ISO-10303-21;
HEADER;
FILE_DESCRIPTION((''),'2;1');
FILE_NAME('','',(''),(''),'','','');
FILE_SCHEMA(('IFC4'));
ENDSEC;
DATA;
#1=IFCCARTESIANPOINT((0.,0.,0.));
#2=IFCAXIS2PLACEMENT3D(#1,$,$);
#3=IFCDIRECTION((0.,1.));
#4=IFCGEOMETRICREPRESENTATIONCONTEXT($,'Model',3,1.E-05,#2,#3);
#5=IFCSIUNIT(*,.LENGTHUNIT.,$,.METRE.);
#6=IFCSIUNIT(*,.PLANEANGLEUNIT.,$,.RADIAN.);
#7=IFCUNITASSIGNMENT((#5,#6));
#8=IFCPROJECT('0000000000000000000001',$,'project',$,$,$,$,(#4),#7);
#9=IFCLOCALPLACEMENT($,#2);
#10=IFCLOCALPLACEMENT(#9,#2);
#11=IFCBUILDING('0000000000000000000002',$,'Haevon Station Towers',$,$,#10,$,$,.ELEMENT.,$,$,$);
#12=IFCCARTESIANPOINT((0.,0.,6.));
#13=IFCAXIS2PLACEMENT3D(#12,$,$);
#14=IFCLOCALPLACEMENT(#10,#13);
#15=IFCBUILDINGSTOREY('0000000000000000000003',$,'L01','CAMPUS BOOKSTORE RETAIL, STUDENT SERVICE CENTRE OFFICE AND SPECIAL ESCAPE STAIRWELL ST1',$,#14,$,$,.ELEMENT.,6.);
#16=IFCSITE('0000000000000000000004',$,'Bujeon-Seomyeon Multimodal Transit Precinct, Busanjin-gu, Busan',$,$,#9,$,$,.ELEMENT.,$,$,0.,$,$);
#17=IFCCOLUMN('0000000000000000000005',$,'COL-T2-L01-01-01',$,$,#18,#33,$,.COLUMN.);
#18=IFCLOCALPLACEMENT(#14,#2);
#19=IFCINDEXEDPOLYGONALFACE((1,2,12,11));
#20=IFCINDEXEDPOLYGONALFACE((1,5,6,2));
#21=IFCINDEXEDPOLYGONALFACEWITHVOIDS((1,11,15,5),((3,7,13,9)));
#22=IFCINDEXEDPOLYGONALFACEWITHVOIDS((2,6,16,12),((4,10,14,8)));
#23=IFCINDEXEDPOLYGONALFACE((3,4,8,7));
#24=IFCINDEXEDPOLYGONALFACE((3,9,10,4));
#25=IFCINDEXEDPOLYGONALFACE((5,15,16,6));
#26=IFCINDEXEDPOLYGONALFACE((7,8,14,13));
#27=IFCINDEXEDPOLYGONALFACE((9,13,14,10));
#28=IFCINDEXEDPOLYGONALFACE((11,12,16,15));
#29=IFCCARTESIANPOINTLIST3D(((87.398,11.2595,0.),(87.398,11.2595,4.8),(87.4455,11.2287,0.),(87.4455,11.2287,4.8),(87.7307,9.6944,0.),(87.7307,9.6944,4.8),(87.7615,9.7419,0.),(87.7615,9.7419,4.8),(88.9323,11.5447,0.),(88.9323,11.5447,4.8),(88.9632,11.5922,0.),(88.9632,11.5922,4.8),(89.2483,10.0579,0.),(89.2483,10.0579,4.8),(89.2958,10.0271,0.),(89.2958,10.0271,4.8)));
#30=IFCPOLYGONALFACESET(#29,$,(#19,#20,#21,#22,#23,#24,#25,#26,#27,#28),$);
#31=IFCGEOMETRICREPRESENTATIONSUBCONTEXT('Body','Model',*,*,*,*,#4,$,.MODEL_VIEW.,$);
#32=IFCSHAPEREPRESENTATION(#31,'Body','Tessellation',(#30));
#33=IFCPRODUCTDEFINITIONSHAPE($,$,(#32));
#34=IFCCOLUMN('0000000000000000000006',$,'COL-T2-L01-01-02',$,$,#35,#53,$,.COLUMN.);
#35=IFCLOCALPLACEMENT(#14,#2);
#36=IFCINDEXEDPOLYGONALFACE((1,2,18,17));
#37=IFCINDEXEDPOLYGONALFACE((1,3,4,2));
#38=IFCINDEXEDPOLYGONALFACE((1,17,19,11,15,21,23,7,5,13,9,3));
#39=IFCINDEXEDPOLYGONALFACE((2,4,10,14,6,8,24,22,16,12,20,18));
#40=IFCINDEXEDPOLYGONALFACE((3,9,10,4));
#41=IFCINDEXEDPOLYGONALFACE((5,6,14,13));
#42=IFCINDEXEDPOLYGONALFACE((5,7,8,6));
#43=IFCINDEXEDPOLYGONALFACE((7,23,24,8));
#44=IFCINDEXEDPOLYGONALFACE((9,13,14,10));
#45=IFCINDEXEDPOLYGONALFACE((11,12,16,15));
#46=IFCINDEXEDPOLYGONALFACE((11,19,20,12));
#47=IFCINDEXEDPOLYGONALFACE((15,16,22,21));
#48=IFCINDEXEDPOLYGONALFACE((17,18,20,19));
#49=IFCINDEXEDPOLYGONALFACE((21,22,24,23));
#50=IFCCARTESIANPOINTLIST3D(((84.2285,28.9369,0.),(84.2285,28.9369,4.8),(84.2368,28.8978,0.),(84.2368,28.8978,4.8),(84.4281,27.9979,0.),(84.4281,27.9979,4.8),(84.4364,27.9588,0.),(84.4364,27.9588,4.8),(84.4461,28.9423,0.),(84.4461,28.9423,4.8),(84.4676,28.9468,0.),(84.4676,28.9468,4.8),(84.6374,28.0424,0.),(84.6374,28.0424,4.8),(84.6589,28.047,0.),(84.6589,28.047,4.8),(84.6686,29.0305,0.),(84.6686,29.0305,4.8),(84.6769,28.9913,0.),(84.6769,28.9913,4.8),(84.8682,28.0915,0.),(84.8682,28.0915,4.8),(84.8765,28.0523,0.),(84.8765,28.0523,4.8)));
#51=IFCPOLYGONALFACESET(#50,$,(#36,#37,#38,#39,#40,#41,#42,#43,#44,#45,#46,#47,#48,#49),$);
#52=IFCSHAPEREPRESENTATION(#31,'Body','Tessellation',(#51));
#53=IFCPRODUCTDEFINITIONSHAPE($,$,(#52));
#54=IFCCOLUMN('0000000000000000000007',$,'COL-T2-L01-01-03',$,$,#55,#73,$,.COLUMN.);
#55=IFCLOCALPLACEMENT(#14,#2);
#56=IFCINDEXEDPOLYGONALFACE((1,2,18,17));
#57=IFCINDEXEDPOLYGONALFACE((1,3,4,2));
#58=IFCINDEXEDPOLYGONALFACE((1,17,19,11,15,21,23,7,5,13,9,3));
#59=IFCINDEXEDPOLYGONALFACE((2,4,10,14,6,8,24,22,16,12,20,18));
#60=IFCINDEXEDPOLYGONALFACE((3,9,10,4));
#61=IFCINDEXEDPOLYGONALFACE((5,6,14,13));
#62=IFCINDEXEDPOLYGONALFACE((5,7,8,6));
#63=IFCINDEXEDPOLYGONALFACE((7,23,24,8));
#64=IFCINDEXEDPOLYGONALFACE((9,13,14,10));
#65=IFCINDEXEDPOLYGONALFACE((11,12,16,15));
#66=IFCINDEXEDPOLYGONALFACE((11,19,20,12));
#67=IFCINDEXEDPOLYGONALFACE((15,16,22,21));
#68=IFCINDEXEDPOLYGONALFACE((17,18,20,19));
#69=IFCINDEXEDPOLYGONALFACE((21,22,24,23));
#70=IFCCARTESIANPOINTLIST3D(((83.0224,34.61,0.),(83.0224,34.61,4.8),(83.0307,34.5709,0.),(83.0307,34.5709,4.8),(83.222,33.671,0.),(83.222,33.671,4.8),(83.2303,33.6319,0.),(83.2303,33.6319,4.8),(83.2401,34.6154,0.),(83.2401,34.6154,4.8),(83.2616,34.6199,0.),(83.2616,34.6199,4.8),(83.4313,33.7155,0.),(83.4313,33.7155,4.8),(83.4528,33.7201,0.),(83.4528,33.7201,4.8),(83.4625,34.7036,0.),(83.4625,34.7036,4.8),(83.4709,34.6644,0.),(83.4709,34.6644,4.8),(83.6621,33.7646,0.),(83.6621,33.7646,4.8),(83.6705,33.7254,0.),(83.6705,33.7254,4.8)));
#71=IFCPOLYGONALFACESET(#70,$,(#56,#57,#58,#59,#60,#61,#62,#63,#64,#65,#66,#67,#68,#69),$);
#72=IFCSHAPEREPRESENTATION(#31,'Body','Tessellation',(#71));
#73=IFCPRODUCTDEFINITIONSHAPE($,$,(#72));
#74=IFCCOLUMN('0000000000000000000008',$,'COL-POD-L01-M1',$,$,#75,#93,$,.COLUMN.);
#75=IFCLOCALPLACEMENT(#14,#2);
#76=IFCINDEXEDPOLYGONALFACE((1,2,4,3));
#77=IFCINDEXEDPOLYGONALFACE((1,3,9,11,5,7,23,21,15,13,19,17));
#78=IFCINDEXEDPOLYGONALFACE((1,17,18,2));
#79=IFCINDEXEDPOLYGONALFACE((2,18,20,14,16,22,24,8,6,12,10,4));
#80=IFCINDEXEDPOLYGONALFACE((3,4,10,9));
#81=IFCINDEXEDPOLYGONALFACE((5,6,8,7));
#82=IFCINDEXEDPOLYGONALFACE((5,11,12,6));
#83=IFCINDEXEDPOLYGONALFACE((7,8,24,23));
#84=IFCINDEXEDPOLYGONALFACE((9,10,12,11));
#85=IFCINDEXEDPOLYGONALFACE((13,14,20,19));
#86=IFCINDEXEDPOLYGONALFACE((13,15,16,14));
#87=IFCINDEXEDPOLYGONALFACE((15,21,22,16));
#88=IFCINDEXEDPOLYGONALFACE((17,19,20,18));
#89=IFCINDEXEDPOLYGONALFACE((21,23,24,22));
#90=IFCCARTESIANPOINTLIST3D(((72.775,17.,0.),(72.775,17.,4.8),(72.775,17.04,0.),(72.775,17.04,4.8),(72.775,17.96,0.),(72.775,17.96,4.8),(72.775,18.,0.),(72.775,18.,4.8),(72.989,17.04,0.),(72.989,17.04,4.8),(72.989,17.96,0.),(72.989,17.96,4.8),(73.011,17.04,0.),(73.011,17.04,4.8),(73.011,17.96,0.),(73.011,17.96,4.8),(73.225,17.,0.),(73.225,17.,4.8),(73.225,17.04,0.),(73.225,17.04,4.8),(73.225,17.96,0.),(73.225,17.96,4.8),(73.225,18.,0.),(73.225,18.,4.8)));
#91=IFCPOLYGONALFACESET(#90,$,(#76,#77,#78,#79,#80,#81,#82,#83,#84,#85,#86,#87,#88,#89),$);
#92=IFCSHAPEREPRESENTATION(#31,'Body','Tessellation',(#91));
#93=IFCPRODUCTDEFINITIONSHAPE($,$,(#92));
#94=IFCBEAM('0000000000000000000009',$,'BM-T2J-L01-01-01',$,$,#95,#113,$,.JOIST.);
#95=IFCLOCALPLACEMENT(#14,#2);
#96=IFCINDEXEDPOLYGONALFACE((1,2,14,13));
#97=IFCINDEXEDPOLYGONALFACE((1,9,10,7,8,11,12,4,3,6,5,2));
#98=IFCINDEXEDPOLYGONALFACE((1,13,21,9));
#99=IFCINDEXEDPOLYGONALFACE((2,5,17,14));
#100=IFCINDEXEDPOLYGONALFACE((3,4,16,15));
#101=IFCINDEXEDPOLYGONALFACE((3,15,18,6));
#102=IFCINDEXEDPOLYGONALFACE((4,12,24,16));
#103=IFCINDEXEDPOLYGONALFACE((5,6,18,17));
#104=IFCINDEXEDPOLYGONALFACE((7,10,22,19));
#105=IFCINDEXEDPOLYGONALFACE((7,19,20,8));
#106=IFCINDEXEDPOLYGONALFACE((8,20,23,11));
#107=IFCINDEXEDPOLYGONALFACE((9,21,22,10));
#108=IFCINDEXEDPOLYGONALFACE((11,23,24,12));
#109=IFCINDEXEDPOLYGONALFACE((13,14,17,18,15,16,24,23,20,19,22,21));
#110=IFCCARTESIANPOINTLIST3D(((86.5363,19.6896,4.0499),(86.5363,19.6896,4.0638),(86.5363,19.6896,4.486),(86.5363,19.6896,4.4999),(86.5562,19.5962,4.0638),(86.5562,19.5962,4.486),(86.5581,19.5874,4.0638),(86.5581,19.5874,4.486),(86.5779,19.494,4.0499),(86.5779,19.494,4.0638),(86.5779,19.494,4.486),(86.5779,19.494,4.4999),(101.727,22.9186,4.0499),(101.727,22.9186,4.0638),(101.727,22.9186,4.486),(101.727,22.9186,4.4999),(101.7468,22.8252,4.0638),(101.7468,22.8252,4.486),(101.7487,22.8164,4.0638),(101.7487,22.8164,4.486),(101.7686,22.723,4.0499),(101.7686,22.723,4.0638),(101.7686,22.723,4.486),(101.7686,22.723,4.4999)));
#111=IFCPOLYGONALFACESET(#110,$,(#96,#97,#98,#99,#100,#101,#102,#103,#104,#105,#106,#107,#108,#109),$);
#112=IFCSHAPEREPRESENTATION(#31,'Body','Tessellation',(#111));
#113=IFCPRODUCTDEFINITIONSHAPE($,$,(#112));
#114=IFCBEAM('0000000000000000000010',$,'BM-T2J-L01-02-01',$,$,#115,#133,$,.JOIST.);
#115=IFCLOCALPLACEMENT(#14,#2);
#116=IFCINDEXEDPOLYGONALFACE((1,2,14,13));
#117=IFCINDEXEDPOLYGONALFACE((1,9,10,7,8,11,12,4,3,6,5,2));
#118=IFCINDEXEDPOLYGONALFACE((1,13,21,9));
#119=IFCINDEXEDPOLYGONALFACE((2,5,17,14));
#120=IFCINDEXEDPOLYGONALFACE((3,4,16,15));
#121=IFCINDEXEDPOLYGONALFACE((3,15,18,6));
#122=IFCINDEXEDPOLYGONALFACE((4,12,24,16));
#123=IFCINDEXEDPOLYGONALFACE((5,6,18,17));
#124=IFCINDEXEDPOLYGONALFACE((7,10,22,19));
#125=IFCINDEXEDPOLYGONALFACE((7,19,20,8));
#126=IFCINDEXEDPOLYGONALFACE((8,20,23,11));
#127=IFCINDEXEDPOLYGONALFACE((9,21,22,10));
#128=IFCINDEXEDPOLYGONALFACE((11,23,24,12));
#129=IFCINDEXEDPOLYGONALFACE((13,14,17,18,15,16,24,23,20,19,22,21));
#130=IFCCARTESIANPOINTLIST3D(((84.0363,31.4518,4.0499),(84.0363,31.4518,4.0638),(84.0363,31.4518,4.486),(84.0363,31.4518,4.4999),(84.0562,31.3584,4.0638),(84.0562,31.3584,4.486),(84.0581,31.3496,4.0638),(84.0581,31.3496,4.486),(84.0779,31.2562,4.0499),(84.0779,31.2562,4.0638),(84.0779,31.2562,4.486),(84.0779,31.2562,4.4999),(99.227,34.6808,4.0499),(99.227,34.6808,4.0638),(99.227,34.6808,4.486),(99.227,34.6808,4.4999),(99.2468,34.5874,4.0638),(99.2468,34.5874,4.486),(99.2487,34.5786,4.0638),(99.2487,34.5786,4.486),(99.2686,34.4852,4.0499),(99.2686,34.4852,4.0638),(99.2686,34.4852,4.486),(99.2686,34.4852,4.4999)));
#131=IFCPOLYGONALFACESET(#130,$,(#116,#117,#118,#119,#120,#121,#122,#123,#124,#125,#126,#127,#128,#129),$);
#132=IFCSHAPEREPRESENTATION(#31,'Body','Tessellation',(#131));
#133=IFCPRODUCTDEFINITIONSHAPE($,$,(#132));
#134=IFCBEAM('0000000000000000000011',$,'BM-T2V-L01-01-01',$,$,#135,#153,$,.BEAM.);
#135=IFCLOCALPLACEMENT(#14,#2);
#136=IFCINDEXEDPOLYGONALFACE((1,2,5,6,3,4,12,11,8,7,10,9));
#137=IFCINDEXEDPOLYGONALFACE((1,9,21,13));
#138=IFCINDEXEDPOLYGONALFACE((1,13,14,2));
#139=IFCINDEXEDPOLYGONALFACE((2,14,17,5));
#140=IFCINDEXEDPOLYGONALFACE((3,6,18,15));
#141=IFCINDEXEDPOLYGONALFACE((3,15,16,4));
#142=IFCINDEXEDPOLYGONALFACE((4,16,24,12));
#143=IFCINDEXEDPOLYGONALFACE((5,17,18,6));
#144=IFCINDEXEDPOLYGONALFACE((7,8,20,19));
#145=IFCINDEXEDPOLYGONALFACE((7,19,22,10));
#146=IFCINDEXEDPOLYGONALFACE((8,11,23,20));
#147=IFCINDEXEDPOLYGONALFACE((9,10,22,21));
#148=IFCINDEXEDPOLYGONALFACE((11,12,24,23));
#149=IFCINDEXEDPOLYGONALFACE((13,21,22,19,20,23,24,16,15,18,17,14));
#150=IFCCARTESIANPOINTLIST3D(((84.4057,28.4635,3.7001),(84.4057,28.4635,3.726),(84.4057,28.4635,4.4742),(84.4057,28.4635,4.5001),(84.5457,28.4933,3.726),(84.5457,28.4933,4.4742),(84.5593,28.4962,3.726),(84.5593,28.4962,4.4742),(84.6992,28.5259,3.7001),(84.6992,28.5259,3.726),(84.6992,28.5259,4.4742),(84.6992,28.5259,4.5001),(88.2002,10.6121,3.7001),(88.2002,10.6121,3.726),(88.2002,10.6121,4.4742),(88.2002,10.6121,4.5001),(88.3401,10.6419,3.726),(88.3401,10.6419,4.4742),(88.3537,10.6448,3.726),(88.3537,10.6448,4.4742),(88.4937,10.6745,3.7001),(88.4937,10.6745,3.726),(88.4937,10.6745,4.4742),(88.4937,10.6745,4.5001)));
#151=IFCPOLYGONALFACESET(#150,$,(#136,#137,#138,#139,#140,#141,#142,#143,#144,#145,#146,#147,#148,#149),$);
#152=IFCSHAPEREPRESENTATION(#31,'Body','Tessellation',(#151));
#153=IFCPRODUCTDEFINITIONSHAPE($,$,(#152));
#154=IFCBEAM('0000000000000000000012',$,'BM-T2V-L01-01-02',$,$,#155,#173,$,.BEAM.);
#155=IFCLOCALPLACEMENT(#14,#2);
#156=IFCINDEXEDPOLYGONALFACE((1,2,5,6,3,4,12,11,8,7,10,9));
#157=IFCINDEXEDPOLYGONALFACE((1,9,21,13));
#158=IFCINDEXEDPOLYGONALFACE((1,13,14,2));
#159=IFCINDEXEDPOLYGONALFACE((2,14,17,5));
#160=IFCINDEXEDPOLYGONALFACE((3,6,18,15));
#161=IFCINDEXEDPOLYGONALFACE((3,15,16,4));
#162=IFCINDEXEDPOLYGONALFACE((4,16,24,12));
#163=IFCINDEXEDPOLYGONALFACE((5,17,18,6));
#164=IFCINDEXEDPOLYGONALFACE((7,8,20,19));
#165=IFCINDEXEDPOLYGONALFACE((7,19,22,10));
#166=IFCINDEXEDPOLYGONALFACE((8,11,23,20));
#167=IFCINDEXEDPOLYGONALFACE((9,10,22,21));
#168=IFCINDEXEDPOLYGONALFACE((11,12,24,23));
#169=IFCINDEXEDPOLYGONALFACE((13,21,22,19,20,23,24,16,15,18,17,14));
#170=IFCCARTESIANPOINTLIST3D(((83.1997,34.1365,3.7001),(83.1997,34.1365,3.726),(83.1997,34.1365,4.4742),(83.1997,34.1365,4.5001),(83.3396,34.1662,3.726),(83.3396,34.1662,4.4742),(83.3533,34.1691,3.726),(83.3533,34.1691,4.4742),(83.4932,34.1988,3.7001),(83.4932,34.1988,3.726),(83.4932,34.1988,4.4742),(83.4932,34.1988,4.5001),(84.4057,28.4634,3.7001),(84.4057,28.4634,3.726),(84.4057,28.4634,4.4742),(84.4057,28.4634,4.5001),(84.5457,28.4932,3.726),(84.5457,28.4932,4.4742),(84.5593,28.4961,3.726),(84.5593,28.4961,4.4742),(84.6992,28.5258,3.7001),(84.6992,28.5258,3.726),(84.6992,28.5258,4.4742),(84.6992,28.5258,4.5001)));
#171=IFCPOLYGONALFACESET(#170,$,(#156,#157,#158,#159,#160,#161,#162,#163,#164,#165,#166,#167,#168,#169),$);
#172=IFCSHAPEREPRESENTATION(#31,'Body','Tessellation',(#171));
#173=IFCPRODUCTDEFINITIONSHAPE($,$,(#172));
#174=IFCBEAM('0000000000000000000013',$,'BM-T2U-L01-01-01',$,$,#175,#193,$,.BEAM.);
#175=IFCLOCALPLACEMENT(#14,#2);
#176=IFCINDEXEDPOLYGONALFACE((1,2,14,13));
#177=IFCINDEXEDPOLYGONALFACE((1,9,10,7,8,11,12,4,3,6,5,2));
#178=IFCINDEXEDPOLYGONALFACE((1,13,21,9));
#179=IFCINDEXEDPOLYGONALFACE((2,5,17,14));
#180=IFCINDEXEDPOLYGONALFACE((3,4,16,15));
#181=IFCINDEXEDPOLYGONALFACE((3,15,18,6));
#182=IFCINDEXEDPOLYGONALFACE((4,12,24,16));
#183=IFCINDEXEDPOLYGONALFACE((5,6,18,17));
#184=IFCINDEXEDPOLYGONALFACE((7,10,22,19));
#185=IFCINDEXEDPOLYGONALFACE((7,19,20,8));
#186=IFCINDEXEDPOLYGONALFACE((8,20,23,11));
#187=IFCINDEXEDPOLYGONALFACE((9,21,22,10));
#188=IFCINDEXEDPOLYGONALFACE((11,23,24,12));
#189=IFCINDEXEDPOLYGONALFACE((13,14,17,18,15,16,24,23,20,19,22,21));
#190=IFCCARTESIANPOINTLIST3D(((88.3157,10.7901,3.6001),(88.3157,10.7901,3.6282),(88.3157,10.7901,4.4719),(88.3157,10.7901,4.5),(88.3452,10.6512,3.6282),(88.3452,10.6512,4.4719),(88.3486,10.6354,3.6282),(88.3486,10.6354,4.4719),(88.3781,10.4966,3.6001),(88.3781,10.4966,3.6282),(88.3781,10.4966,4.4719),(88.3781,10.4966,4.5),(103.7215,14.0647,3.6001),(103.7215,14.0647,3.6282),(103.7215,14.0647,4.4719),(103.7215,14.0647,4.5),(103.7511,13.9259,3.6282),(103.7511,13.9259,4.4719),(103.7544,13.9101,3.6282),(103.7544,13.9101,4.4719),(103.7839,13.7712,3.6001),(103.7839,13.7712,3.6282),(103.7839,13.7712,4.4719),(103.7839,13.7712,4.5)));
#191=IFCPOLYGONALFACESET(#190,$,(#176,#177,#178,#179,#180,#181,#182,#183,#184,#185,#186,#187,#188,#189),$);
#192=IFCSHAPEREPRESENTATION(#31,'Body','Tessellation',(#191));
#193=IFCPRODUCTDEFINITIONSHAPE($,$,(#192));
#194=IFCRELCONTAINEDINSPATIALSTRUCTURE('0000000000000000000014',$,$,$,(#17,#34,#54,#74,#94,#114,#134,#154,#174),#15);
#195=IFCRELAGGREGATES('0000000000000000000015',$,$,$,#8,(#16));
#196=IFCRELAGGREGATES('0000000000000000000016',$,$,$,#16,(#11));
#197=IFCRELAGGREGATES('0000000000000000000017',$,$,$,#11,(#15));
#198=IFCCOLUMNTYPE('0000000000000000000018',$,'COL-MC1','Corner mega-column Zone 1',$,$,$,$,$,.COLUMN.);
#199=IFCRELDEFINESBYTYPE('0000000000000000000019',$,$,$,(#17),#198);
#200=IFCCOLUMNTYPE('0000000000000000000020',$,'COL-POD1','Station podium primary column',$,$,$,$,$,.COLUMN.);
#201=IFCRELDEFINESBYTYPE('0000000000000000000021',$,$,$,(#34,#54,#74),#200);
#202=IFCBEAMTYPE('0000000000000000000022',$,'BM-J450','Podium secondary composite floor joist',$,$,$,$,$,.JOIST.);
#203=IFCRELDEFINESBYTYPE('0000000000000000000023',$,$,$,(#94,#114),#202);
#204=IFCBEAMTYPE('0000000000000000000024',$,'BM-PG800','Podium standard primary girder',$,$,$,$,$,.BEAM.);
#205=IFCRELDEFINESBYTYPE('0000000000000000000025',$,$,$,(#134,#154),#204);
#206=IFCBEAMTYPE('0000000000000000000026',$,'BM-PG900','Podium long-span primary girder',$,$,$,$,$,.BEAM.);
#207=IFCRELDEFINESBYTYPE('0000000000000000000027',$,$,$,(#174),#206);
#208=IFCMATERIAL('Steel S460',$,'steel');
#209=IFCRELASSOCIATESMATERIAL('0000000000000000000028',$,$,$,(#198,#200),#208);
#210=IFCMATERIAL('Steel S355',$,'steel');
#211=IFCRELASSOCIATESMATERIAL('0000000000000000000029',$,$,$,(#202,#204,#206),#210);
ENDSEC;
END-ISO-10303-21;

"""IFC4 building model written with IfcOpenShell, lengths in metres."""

from ifc_helpers import new_model, si_unit, direction, frame, origin, origin_2d, place, context, subcontext, project, spatial, hollow_rectangle, i_section, extrude, material, material_profile, profile_set, type_object, element, save


model = new_model("IFC4")

# Units and contexts
model_context = context("Model", 3, precision=1e-05, world=origin(), true_north=direction((0.0, 1.0)))
body_context = subcontext(model_context, "Body", "Model", "MODEL_VIEW")
ifc_project = project(units=[si_unit("LENGTHUNIT", "METRE"), si_unit("PLANEANGLEUNIT", "RADIAN")], contexts=[model_context])

# Site, building, storey
site_placement = place(None, origin())
site = spatial("IfcSite", under=ifc_project, at=site_placement, Name="Bujeon-Seomyeon Multimodal Transit Precinct, Busanjin-gu, Busan", CompositionType="ELEMENT", RefElevation=0.0)
building_placement = place(site_placement, origin())
building = spatial("IfcBuilding", under=site, at=building_placement, Name="Haevon Station Towers", CompositionType="ELEMENT")
storey_placement = place(building_placement, frame((0.0, 0.0, 6.0)))
storey = spatial("IfcBuildingStorey", under=building, at=storey_placement, Name="L01", Description="CAMPUS BOOKSTORE RETAIL, STUDENT SERVICE CENTRE OFFICE AND SPECIAL ESCAPE STAIRWELL ST1", CompositionType="ELEMENT", Elevation=6.0)

# Columns
ifc_material_1 = material(Name="Steel S460", Category="steel")
ifc_material_profile_1 = material_profile(ifc_material_1, hollow_rectangle(XDim=1.6001, YDim=1.6001, WallThickness=0.04, at=origin_2d()), Name="BOX-1600x1600x40")
ifc_profile_set_1 = profile_set([ifc_material_profile_1], Name="Steel S460")
column_type_1 = type_object("IfcColumnType", Name="COL-MC1", Description="Corner mega-column Zone 1", PredefinedType="COLUMN", material=ifc_profile_set_1)
column_placement = place(storey_placement, frame((88.3469, 10.6433, 0.0), z_axis=(0.0, 0.0, 1.0), x_axis=(0.978148, 0.207912, 0.0)))
element("IfcColumn", 1, at=column_placement, inside=storey, type_object=column_type_1, Name="COL-T2-L01-01-01", PredefinedType="COLUMN", context=body_context, shape_type="SweptSolid", body=[
    extrude(hollow_rectangle(XDim=1.6001, YDim=1.6001, WallThickness=0.04, at=origin_2d()), origin(), (0.0, 0.0, 1.0), 4.8),
])
ifc_material_profile_2 = material_profile(ifc_material_1, i_section(OverallWidth=0.45, OverallDepth=1.0, WebThickness=0.022, FlangeThickness=0.04, at=origin_2d()), Name="H-1000x450x22x40")
ifc_profile_set_2 = profile_set([ifc_material_profile_2], Name="Steel S460")
column_type_2 = type_object("IfcColumnType", Name="COL-POD1", Description="Station podium primary column", PredefinedType="COLUMN", material=ifc_profile_set_2)
for number, where, z_axis, x_axis, name in (
    (2, (84.5525, 28.4946, 0.0), (0.0, 0.0, 1.0), (0.978148, 0.207912, 0.0), "COL-T2-L01-01-02"),
    (3, (83.3464, 34.1677, 0.0), (0.0, 0.0, 1.0), (0.978148, 0.207912, 0.0), "COL-T2-L01-01-03"),
    (4, (73.0, 17.5, 0.0), (0.0, 0.0, 1.0), (1.0, 0.0, 0.0), "COL-POD-L01-M1"),
):
    element("IfcColumn", number, at=place(storey_placement, frame(where, z_axis=z_axis, x_axis=x_axis)), inside=storey, type_object=column_type_2, Name=name, PredefinedType="COLUMN", context=body_context, shape_type="SweptSolid", body=[
        extrude(i_section(OverallWidth=0.45, OverallDepth=1.0, WebThickness=0.022, FlangeThickness=0.04, at=origin_2d()), origin(), (0.0, 0.0, 1.0), 4.8),
    ])

# Beams
ifc_material_2 = material(Name="Steel S355", Category="steel")
ifc_material_profile_3 = material_profile(ifc_material_2, i_section(OverallWidth=0.2, OverallDepth=0.45, WebThickness=0.009, FlangeThickness=0.0139, at=origin_2d()), Name="H-450x200x9x14")
ifc_profile_set_3 = profile_set([ifc_material_profile_3], Name="Steel S355")
beam_type_1 = type_object("IfcBeamType", Name="BM-J450", Description="Podium secondary composite floor joist", PredefinedType="JOIST", material=ifc_profile_set_3)
for number, where, z_axis, x_axis, name in (
    (5, (86.5571, 19.5918, 4.2749), (0.978146, 0.207919, 0.0), (-0.207919, 0.978146, 0.0), "BM-T2J-L01-01-01"),
    (6, (84.0571, 31.354, 4.2749), (0.978146, 0.207919, 0.0), (-0.207919, 0.978146, 0.0), "BM-T2J-L01-02-01"),
):
    element("IfcBeam", number, at=place(storey_placement, frame(where, z_axis=z_axis, x_axis=x_axis)), inside=storey, type_object=beam_type_1, Name=name, PredefinedType="JOIST", context=body_context, shape_type="SweptSolid", body=[
        extrude(i_section(OverallWidth=0.2, OverallDepth=0.45, WebThickness=0.009, FlangeThickness=0.0139, at=origin_2d()), origin(), (0.0, 0.0, 1.0), 15.53),
    ])
ifc_material_profile_4 = material_profile(ifc_material_2, i_section(OverallWidth=0.3, OverallDepth=0.8, WebThickness=0.0139, FlangeThickness=0.0259, at=origin_2d()), Name="H-800x300x14x26")
ifc_profile_set_4 = profile_set([ifc_material_profile_4], Name="Steel S355")
beam_type_2 = type_object("IfcBeamType", Name="BM-PG800", Description="Podium standard primary girder", PredefinedType="BEAM", material=ifc_profile_set_4)
beam_1_placement = place(storey_placement, frame((88.3469, 10.6433, 4.1001), z_axis=(-0.207913, 0.978147, 0.0), x_axis=(-0.978147, -0.207913, 0.0)))
element("IfcBeam", 7, at=beam_1_placement, inside=storey, type_object=beam_type_2, Name="BM-T2V-L01-01-01", PredefinedType="BEAM", context=body_context, shape_type="SweptSolid", body=[
    extrude(i_section(OverallWidth=0.3, OverallDepth=0.8, WebThickness=0.0139, FlangeThickness=0.0259, at=origin_2d()), origin(), (0.0, 0.0, 1.0), 18.2502),
])
beam_2_placement = place(storey_placement, frame((84.5525, 28.4946, 4.1001), z_axis=(-0.207945, 0.978141, 0.0), x_axis=(-0.978141, -0.207945, 0.0)))
element("IfcBeam", 8, at=beam_2_placement, inside=storey, type_object=beam_type_2, Name="BM-T2V-L01-01-02", PredefinedType="BEAM", context=body_context, shape_type="SweptSolid", body=[
    extrude(i_section(OverallWidth=0.3, OverallDepth=0.8, WebThickness=0.0139, FlangeThickness=0.0259, at=origin_2d()), origin(), (0.0, 0.0, 1.0), 5.7998),
])
ifc_material_profile_5 = material_profile(ifc_material_2, i_section(OverallWidth=0.3, OverallDepth=0.8999, WebThickness=0.0161, FlangeThickness=0.0281, at=origin_2d()), Name="H-900x300x16x28")
ifc_profile_set_5 = profile_set([ifc_material_profile_5], Name="Steel S355")
beam_type_3 = type_object("IfcBeamType", Name="BM-PG900", Description="Podium long-span primary girder", PredefinedType="BEAM", material=ifc_profile_set_5)
for number, where, z_axis, x_axis, name in (
    (9, (88.3469, 10.6433, 4.05), (0.978147, 0.207915, 0.0), (-0.207915, 0.978147, 0.0), "BM-T2U-L01-01-01"),
):
    element("IfcBeam", number, at=place(storey_placement, frame(where, z_axis=z_axis, x_axis=x_axis)), inside=storey, type_object=beam_type_3, Name=name, PredefinedType="BEAM", context=body_context, shape_type="SweptSolid", body=[
        extrude(i_section(OverallWidth=0.3, OverallDepth=0.8999, WebThickness=0.0161, FlangeThickness=0.0281, at=origin_2d()), origin(), (0.0, 0.0, 1.0), 15.75),
    ])

save(model, "model.ifc")
